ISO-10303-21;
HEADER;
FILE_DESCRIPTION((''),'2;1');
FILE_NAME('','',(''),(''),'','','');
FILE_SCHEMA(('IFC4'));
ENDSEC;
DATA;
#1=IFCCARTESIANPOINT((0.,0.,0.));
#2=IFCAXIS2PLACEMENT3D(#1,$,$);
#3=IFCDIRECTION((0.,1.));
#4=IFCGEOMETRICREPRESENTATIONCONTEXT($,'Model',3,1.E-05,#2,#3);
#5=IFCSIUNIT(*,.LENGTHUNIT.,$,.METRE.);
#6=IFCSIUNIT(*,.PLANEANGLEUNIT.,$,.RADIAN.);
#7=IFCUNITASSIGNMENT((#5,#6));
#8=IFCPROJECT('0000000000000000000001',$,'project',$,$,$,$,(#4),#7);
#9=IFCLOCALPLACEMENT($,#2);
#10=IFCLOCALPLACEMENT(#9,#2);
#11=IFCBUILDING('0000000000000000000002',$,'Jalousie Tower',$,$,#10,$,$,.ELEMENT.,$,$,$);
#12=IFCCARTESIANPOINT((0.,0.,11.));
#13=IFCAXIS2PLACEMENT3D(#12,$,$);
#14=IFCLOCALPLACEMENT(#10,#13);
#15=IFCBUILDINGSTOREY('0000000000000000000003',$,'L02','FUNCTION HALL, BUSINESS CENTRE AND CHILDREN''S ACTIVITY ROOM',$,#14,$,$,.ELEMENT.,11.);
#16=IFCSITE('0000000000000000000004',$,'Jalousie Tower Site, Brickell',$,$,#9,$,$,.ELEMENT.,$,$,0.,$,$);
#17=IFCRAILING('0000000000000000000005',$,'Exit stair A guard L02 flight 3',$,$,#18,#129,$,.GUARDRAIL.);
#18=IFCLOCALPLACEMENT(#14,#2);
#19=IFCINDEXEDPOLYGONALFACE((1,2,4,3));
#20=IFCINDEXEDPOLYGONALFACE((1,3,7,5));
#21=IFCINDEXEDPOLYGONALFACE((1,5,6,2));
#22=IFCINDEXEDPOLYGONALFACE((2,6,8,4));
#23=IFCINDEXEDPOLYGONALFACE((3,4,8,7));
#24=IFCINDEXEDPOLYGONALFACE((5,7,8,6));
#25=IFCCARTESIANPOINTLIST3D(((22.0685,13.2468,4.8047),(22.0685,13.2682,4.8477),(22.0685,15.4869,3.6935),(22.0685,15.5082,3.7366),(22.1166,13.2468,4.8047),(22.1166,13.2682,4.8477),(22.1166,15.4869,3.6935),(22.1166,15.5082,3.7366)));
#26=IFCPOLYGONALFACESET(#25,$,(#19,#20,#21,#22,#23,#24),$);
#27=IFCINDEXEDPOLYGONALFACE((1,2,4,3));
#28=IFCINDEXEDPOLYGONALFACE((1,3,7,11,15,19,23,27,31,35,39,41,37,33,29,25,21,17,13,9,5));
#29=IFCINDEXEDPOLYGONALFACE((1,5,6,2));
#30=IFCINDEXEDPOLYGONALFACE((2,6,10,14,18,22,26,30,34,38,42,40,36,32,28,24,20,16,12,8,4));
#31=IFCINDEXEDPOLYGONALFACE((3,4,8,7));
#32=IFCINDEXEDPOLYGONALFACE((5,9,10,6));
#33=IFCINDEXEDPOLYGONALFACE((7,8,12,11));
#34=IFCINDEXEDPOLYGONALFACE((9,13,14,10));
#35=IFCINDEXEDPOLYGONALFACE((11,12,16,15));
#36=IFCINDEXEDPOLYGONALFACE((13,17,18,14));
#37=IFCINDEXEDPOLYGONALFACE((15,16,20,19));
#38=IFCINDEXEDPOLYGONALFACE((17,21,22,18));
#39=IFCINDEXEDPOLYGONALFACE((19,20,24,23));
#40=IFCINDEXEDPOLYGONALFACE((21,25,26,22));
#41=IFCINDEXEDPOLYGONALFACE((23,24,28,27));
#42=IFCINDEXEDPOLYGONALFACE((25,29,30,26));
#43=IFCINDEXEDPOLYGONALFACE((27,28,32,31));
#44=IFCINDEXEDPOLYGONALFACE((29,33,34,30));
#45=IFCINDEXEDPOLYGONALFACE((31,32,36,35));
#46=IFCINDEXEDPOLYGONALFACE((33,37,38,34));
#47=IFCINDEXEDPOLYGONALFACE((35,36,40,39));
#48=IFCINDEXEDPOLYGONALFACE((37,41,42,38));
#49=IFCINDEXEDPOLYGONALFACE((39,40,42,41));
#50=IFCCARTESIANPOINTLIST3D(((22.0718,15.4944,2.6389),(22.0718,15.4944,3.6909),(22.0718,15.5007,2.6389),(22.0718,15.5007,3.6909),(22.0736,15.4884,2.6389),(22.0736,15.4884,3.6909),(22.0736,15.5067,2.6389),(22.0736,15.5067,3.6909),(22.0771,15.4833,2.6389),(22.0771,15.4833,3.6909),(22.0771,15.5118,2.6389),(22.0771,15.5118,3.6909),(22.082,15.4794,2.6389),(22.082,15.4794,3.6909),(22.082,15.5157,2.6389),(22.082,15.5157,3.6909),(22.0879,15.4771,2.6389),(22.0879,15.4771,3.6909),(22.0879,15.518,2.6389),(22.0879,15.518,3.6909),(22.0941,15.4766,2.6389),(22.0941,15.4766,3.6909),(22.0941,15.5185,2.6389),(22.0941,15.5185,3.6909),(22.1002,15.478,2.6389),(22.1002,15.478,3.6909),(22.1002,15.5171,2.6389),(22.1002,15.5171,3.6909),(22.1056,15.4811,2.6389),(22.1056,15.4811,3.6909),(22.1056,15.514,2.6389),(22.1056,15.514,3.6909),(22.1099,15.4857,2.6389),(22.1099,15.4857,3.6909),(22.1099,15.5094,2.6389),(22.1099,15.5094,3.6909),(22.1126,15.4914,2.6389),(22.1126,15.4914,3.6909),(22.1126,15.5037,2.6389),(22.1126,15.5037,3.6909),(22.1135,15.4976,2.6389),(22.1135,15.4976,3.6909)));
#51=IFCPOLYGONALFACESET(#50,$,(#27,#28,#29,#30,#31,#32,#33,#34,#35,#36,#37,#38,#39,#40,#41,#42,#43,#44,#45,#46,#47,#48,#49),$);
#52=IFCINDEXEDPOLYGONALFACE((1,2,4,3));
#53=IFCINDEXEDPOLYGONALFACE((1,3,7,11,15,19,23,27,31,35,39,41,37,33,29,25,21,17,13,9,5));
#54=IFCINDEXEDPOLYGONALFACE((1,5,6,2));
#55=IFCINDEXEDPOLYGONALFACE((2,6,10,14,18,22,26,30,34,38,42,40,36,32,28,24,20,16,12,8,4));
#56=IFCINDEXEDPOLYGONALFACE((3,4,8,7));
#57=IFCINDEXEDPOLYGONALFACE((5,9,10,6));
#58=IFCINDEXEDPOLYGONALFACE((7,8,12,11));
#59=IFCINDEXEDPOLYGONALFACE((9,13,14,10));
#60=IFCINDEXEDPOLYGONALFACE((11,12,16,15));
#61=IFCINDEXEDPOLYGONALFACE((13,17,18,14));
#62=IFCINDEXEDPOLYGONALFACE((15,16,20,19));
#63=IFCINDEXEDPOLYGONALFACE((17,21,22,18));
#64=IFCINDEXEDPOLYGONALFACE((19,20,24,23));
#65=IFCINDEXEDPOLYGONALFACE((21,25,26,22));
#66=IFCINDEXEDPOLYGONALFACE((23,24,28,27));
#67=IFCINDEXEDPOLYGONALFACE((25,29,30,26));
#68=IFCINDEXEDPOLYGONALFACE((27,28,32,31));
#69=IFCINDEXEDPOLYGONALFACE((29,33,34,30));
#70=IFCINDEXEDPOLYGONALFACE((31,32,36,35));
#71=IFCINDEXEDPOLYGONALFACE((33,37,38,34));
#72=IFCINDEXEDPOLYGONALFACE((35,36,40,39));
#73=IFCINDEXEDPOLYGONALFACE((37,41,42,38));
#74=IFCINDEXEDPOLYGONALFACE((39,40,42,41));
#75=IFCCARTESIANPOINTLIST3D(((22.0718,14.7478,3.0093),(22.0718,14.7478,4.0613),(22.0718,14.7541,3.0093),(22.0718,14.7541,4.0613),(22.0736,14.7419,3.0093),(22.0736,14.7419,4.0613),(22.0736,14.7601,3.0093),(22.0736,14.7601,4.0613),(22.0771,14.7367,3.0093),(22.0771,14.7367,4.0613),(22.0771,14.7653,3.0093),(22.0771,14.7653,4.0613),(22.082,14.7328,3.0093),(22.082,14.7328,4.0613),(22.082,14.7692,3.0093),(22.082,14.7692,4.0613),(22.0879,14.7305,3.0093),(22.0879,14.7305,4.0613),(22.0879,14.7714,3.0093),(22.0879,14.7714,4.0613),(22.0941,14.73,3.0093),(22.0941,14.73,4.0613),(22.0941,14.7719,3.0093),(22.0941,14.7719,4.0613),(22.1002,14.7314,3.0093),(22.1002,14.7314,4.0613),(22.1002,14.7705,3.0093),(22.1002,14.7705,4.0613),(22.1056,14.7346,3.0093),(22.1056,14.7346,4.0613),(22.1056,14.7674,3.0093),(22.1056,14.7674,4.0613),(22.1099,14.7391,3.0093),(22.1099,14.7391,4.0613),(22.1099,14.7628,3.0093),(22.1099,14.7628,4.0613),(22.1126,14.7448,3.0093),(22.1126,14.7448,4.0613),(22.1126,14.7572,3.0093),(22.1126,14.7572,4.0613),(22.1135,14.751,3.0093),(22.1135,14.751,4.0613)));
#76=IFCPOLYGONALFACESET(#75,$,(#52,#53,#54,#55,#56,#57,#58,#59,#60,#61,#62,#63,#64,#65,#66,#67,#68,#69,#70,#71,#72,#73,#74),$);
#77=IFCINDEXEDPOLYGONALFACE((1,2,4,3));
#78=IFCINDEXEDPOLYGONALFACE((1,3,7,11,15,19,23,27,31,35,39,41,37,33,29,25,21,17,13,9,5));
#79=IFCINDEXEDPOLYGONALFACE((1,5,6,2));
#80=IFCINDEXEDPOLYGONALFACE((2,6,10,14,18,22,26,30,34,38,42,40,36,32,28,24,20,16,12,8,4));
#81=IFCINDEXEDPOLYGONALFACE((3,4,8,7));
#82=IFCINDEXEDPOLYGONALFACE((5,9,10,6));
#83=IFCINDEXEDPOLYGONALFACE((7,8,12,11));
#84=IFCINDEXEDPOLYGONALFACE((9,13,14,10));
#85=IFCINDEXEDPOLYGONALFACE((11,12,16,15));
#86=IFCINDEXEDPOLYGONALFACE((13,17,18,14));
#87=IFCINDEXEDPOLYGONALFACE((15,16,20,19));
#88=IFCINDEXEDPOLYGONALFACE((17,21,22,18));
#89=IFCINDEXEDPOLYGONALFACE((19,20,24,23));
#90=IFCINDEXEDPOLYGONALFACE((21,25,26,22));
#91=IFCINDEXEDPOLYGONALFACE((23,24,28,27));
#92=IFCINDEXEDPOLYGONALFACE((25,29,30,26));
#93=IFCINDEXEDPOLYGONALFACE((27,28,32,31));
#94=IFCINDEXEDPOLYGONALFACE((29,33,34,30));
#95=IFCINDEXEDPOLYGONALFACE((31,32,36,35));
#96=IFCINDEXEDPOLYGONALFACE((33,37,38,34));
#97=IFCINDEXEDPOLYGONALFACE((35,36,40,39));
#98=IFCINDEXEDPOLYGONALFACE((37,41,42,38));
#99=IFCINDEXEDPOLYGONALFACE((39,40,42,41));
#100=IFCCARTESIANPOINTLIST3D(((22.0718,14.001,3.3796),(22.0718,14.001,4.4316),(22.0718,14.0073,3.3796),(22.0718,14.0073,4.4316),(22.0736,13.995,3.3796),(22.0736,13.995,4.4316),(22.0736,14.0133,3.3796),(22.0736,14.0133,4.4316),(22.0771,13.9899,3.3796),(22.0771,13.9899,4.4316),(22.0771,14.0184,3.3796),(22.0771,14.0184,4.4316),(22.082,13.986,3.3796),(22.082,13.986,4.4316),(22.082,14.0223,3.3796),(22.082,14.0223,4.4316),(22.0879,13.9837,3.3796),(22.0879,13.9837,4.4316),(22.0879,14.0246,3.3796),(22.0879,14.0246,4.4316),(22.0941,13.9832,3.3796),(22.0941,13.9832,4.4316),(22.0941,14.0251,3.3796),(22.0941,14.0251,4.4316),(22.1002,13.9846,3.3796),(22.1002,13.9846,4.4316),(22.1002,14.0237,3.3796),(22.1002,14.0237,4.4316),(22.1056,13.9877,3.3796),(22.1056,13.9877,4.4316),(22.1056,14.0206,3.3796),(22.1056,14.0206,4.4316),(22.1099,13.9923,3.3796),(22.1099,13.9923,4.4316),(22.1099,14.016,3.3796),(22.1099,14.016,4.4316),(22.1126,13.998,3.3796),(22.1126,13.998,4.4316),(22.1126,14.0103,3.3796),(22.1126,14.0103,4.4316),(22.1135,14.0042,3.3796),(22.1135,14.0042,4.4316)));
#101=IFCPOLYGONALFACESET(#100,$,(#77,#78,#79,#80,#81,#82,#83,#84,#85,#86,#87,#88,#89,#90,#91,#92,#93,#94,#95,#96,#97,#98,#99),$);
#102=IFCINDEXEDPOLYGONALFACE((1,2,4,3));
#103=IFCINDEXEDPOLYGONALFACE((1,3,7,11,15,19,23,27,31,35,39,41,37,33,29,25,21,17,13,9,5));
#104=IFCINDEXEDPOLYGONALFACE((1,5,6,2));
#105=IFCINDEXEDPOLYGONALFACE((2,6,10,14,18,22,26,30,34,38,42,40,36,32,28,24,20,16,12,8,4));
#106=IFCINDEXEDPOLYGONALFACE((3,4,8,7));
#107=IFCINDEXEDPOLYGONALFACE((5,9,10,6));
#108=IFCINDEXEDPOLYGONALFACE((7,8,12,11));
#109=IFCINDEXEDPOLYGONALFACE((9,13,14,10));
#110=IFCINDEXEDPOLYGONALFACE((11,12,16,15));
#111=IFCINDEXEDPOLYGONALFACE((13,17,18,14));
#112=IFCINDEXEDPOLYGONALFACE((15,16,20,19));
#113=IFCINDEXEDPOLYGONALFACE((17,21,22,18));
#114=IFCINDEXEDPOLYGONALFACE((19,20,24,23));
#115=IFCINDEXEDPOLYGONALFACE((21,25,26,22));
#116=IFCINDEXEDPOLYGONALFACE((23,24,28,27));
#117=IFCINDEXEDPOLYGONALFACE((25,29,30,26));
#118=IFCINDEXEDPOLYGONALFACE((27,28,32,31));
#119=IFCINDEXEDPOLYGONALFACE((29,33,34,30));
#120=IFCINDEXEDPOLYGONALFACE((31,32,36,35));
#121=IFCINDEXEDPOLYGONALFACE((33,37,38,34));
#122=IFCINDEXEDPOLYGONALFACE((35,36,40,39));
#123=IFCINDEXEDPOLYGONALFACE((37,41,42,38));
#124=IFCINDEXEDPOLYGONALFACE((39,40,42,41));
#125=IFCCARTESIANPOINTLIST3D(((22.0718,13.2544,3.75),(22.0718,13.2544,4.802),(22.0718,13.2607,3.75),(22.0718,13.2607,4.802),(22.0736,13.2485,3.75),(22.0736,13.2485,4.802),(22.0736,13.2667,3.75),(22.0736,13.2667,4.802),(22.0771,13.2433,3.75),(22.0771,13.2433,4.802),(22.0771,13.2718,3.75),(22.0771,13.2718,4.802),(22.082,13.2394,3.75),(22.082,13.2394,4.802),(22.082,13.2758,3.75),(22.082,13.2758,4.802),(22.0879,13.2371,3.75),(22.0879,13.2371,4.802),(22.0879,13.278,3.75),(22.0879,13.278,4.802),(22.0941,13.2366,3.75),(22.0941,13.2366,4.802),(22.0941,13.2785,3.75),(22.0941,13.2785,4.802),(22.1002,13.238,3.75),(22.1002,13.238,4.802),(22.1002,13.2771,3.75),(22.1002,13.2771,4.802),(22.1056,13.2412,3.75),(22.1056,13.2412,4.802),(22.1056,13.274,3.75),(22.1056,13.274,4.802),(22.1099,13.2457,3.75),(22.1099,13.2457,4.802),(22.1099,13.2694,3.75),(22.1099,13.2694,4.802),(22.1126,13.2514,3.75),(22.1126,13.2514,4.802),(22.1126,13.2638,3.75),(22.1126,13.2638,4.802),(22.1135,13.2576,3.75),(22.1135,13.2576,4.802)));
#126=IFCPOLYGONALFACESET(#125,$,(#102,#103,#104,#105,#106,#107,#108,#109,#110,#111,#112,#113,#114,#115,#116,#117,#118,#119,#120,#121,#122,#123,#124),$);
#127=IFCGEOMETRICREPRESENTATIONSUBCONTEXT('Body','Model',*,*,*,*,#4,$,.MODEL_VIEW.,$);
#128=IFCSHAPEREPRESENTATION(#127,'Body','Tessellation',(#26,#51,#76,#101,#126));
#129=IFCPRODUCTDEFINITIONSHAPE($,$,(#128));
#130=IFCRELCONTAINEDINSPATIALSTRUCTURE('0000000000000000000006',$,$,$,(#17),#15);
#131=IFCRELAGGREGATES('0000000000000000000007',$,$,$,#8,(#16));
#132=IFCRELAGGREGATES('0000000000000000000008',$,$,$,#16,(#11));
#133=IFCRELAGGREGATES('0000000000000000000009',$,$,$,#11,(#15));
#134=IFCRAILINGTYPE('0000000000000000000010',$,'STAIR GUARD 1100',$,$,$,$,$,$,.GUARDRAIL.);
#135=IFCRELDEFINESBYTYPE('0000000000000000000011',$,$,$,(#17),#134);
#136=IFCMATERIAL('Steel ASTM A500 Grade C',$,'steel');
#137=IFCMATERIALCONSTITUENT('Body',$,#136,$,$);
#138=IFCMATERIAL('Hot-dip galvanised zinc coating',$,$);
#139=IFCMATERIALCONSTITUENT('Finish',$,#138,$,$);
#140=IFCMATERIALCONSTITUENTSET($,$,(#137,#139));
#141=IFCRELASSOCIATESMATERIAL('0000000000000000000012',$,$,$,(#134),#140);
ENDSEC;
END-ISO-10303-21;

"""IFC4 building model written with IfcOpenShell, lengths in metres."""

from ifc_helpers import new_model, si_unit, direction, frame, origin, origin_2d, place, context, subcontext, project, spatial, rectangle, circle, extrude, material, constituent, constituent_set, type_object, element, save


model = new_model("IFC4")

# Units and contexts
model_context = context("Model", 3, precision=1e-05, world=origin(), true_north=direction((0.0, 1.0)))
body_context = subcontext(model_context, "Body", "Model", "MODEL_VIEW")
ifc_project = project(units=[si_unit("LENGTHUNIT", "METRE"), si_unit("PLANEANGLEUNIT", "RADIAN")], contexts=[model_context])

# Site, building, storey
site_placement = place(None, origin())
site = spatial("IfcSite", under=ifc_project, at=site_placement, Name="Jalousie Tower Site, Brickell", CompositionType="ELEMENT", RefElevation=0.0)
building_placement = place(site_placement, origin())
building = spatial("IfcBuilding", under=site, at=building_placement, Name="Jalousie Tower", CompositionType="ELEMENT")
storey_placement = place(building_placement, frame((0.0, 0.0, 11.0)))
storey = spatial("IfcBuildingStorey", under=building, at=storey_placement, Name="L02", Description="FUNCTION HALL, BUSINESS CENTRE AND CHILDREN'S ACTIVITY ROOM", CompositionType="ELEMENT", Elevation=11.0)

# Railing
ifc_material_1 = material(Name="Steel ASTM A500 Grade C", Category="steel")
ifc_constituent_1 = constituent(ifc_material_1, Name="Body")
ifc_material_2 = material(Name="Hot-dip galvanised zinc coating")
ifc_constituent_2 = constituent(ifc_material_2, Name="Finish")
ifc_constituent_set_1 = constituent_set(constituents=[ifc_constituent_1, ifc_constituent_2])
railing_type_1 = type_object("IfcRailingType", Name="STAIR GUARD 1100", PredefinedType="GUARDRAIL", material=ifc_constituent_set_1)
railing_1_placement = place(storey_placement, frame((22.0925, 15.4976, 2.6389)))
element("IfcRailing", 1, at=railing_1_placement, inside=storey, type_object=railing_type_1, Name="Exit stair A guard L02 flight 3", PredefinedType="GUARDRAIL", context=body_context, shape_type="SweptSolid", body=[
    extrude(rectangle(XDim=0.0481, YDim=0.0481, at=origin_2d()), frame((0.0, 0.0, 1.0762), z_axis=(0.0, -0.895848, 0.44436), x_axis=(1.0, 0.0, 0.0)), (0.0, 0.0, 1.0), 2.5005),
    extrude(circle(Radius=0.021, at=origin_2d()), origin(), (0.0, 0.0, 1.0), 1.052),
    extrude(circle(Radius=0.021, at=origin_2d()), frame((0.0, -0.7466, 0.3704)), (0.0, 0.0, 1.0), 1.052),
    extrude(circle(Radius=0.021, at=origin_2d()), frame((0.0, -1.4934, 0.7407)), (0.0, 0.0, 1.0), 1.052),
    extrude(circle(Radius=0.021, at=origin_2d()), frame((0.0, -2.24, 1.1111)), (0.0, 0.0, 1.0), 1.052),
])

save(model, "model.ifc")
